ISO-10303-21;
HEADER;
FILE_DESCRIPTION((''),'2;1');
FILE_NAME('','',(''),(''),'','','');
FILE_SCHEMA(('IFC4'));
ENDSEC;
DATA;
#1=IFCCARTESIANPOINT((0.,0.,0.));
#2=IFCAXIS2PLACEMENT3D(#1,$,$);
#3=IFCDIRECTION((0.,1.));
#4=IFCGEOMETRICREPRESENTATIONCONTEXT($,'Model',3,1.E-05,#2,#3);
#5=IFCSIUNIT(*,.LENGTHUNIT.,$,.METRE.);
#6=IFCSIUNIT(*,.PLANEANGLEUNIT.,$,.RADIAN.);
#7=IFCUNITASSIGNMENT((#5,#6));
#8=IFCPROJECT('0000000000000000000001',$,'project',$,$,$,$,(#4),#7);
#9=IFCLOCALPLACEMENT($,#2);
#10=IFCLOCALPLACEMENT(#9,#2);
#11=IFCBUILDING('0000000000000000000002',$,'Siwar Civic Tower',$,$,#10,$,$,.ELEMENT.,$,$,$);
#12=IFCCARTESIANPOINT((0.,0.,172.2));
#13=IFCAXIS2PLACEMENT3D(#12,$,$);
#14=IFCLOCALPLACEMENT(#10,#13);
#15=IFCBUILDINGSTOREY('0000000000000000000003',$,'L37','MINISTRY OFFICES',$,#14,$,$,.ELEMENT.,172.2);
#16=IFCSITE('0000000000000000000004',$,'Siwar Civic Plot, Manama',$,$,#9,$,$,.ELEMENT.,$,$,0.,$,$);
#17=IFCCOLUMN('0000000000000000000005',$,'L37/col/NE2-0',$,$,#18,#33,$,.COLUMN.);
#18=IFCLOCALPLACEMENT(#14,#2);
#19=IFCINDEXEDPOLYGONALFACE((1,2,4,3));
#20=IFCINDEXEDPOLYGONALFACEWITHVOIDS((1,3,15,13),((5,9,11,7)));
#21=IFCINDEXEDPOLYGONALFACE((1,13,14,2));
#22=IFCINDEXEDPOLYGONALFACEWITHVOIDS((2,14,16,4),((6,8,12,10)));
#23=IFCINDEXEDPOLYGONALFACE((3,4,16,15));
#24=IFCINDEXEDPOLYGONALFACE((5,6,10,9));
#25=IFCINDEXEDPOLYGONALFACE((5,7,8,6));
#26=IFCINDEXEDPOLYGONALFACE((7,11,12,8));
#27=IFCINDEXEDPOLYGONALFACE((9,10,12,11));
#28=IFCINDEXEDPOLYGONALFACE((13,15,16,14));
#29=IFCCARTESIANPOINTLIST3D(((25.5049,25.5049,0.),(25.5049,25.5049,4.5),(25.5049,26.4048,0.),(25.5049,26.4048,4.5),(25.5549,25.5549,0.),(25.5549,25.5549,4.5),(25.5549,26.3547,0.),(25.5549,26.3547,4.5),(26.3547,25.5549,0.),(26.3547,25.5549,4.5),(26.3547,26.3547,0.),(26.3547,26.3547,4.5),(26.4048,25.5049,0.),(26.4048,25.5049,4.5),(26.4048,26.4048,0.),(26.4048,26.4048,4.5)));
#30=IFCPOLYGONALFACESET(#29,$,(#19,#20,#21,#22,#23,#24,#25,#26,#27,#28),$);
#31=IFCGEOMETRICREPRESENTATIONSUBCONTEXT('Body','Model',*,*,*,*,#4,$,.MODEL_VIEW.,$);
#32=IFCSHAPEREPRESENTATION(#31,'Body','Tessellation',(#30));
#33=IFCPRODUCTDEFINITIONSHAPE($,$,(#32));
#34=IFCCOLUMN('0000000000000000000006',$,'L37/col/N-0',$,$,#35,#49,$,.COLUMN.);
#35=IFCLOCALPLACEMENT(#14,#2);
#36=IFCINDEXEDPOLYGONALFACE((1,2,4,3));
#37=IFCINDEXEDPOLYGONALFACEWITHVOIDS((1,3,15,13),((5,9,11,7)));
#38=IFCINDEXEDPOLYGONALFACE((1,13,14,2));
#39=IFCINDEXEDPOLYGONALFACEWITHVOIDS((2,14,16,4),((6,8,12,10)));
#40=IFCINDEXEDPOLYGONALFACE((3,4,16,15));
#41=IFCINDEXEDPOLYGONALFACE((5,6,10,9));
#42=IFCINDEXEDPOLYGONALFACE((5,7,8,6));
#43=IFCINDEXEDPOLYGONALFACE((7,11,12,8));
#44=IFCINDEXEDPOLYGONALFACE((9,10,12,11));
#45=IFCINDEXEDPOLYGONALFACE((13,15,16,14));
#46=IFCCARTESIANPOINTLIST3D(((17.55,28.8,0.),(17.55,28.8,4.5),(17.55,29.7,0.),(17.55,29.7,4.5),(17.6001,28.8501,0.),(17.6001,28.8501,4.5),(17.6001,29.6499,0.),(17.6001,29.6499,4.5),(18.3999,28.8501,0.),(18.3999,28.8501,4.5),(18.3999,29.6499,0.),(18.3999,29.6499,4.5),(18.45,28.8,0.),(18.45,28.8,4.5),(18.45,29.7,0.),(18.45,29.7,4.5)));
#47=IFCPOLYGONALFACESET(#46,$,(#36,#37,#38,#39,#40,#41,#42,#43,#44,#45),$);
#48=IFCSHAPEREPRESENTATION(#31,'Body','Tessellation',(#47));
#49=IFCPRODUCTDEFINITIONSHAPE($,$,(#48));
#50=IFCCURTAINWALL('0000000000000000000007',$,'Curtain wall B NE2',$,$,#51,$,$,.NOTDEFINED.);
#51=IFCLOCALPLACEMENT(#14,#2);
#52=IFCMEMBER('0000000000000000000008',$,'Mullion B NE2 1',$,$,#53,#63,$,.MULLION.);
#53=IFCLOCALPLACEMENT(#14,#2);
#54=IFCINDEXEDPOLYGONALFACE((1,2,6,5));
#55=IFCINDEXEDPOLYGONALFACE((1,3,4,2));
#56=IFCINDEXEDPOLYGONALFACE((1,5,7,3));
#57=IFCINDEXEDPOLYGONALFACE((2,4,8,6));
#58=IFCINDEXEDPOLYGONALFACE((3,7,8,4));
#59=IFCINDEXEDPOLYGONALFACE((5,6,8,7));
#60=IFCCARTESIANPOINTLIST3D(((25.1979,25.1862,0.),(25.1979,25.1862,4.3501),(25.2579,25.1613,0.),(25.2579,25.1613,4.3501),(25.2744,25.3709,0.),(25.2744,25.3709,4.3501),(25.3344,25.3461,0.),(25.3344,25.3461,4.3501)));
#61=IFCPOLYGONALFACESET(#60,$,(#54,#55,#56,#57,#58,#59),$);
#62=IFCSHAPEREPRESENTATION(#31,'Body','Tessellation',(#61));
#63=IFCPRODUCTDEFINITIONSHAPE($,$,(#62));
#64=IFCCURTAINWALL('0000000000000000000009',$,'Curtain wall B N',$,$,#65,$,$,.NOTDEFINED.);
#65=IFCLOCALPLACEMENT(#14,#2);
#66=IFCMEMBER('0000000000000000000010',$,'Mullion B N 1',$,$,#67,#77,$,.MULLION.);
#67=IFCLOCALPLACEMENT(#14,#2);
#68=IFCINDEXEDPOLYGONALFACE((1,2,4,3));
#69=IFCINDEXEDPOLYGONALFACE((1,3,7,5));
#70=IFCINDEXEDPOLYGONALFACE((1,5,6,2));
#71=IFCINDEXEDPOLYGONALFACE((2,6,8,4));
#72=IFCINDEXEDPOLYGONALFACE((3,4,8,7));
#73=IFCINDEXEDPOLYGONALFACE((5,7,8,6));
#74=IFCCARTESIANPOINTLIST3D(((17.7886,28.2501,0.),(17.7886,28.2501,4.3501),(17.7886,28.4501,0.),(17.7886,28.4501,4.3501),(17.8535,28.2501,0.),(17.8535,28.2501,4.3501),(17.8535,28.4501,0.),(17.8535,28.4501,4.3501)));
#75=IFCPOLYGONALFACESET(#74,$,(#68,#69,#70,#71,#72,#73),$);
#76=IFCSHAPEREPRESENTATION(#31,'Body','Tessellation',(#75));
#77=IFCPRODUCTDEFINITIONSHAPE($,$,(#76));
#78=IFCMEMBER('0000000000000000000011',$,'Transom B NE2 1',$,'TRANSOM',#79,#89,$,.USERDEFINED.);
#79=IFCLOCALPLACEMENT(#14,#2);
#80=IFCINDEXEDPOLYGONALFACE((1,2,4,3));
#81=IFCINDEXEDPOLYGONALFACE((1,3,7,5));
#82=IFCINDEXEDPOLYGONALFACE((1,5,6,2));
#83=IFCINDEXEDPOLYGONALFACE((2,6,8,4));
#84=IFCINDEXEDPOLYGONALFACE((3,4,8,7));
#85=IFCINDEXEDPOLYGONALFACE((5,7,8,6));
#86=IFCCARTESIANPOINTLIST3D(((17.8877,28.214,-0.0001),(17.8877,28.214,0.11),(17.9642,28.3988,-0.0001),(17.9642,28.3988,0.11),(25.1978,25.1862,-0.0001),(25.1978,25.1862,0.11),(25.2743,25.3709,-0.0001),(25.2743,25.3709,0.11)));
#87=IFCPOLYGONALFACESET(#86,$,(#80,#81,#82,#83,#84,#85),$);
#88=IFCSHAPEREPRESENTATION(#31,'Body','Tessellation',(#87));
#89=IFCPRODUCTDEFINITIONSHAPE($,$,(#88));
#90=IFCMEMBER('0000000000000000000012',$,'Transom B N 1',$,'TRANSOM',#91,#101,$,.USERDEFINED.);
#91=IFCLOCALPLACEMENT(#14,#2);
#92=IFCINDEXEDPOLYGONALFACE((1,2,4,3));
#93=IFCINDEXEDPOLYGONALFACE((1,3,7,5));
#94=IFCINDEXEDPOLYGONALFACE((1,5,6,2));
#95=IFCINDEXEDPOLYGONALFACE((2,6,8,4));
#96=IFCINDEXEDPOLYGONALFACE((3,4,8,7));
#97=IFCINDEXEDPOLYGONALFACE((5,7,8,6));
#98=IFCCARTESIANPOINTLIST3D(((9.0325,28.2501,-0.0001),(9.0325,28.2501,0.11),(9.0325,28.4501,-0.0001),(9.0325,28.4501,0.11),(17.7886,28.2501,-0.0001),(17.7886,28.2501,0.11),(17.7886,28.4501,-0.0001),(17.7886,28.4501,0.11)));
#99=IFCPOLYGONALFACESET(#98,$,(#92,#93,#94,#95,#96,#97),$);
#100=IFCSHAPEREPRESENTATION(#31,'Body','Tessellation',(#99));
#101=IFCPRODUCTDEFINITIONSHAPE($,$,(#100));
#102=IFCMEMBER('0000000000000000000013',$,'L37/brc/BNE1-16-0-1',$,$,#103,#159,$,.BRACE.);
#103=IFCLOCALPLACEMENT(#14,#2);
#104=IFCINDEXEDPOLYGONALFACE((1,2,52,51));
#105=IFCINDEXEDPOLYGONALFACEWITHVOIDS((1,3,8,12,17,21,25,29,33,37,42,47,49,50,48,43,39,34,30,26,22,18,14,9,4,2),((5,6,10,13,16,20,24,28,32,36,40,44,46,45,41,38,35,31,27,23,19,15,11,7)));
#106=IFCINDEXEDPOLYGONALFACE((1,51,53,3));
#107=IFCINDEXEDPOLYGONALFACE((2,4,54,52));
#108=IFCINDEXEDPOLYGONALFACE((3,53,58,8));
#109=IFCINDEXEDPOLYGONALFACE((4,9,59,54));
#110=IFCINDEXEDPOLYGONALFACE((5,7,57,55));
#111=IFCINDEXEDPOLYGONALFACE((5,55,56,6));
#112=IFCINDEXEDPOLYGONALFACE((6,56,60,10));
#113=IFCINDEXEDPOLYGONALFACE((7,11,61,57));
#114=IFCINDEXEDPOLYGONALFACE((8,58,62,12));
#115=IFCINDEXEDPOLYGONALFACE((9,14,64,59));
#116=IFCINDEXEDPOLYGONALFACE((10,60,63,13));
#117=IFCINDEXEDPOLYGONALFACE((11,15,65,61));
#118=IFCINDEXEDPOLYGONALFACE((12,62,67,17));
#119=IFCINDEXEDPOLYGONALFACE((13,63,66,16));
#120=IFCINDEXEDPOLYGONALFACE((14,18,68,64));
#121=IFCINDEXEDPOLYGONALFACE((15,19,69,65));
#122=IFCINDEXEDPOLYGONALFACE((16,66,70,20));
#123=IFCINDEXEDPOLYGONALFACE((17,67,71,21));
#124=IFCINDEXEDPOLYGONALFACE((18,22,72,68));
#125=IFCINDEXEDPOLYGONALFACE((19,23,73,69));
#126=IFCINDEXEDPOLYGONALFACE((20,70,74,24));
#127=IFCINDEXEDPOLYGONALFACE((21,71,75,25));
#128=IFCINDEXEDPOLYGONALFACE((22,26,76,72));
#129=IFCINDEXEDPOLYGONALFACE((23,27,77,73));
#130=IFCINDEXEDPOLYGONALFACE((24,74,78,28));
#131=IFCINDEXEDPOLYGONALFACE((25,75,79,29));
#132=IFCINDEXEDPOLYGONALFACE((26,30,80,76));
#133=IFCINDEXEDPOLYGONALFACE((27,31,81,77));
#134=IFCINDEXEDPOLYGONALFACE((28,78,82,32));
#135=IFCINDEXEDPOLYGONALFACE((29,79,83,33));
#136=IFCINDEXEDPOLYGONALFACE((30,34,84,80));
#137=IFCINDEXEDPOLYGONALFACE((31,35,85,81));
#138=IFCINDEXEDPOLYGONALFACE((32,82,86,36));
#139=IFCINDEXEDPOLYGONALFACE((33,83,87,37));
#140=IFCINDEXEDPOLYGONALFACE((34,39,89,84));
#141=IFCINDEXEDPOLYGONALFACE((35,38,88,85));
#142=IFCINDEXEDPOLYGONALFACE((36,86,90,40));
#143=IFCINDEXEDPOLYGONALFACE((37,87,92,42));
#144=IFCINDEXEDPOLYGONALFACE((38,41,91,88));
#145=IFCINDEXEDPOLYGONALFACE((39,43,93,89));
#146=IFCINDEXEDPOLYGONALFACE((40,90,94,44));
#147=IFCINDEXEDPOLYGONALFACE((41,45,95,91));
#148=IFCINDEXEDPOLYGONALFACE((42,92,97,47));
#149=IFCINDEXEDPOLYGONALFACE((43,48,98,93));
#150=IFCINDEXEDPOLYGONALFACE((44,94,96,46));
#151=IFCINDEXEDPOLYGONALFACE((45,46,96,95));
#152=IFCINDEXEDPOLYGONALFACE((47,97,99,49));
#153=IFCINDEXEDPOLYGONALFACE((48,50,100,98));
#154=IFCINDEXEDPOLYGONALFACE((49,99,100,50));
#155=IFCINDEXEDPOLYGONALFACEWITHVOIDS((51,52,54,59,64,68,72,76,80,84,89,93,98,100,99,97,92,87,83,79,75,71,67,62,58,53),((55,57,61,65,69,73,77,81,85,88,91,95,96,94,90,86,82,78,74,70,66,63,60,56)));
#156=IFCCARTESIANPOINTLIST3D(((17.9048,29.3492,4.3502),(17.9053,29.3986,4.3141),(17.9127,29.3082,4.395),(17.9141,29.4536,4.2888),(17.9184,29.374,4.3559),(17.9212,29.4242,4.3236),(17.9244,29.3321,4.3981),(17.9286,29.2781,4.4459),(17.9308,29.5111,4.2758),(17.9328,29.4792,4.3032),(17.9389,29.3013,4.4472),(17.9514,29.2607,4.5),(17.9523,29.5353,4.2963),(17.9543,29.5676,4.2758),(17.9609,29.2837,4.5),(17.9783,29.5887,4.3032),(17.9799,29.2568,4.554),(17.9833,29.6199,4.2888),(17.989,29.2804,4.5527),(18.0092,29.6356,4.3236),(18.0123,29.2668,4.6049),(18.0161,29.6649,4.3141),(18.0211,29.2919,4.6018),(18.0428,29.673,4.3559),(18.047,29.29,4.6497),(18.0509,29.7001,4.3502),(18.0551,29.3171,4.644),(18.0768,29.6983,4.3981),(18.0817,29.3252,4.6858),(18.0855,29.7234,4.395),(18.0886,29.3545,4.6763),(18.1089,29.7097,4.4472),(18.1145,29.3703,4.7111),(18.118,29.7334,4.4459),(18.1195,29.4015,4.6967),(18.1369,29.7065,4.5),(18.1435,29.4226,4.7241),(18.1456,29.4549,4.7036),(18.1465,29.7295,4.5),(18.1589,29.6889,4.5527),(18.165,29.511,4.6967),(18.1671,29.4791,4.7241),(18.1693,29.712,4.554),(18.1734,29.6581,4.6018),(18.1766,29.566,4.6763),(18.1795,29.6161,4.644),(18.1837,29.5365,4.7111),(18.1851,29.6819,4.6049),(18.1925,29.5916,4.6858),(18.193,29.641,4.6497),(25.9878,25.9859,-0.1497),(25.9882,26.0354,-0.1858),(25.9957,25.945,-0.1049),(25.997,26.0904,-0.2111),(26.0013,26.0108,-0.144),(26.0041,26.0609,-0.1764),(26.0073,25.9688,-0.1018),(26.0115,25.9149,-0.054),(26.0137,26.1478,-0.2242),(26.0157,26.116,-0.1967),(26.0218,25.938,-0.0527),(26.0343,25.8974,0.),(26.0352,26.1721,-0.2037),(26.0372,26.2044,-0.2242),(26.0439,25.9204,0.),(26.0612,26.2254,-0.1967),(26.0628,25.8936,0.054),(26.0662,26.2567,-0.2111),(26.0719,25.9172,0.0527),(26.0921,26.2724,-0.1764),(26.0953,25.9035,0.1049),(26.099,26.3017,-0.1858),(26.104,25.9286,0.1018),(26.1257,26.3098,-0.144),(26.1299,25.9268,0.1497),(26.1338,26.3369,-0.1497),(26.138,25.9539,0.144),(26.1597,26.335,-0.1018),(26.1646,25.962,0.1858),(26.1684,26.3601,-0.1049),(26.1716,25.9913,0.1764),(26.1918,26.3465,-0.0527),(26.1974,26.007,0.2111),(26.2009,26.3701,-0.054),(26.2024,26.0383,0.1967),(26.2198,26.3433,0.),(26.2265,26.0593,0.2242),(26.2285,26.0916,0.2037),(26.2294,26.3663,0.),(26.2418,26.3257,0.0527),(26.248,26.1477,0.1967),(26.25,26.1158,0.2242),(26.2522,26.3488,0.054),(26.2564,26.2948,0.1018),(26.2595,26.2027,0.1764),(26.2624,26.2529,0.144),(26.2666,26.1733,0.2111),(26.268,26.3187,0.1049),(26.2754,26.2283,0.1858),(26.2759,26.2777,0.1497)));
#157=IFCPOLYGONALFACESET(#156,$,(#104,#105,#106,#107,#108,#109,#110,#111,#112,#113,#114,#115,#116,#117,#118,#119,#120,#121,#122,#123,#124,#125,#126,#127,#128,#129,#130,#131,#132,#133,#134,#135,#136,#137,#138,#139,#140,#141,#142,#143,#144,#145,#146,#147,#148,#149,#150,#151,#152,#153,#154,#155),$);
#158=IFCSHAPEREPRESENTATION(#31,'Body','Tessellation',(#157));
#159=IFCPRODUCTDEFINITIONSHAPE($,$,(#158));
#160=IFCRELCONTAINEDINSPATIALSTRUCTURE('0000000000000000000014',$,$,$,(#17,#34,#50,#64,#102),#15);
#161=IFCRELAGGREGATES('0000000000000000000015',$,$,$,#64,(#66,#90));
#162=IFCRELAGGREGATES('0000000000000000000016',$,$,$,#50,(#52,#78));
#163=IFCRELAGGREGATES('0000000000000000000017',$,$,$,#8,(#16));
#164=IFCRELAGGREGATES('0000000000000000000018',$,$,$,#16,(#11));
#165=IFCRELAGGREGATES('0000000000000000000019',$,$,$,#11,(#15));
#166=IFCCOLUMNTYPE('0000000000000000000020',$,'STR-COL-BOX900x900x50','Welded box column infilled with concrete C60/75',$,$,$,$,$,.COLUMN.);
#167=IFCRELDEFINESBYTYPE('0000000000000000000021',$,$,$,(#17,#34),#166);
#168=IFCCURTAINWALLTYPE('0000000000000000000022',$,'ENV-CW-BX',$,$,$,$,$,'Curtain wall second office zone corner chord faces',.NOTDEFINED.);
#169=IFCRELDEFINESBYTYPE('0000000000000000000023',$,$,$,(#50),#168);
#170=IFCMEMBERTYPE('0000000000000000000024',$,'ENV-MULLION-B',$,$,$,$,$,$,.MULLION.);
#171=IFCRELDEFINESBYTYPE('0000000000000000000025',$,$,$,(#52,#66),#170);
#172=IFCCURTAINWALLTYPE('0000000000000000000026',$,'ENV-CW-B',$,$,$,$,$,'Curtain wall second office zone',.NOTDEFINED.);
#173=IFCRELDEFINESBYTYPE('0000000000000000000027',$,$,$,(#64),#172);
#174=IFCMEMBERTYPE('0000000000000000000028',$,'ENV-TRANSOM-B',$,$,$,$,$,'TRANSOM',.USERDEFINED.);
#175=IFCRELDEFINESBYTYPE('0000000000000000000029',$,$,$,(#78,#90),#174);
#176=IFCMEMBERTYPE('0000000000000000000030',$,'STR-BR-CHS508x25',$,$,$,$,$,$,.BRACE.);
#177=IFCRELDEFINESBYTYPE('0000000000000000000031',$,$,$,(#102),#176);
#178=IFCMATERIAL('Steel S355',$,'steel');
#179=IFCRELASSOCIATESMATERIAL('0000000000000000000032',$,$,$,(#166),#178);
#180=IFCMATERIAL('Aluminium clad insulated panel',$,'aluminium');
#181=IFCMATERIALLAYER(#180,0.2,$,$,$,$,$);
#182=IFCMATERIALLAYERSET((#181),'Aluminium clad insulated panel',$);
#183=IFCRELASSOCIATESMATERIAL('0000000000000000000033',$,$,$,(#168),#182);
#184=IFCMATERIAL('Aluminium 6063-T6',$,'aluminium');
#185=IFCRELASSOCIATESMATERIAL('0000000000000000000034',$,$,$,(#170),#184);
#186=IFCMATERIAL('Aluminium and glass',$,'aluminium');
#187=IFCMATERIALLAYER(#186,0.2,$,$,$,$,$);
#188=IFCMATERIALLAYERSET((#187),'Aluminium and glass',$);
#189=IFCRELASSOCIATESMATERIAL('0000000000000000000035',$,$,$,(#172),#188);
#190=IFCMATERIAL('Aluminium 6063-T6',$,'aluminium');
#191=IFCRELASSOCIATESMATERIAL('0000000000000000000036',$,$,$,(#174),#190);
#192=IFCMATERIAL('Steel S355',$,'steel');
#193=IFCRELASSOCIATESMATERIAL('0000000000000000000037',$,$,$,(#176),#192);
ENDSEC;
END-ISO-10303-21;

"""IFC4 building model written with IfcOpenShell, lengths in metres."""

from ifc_helpers import new_model, si_unit, direction, frame, origin, origin_2d, place, context, subcontext, project, spatial, rectangle, hollow_rectangle, hollow_circle, extrude, material, layer, layer_set, material_profile, profile_set, type_object, element, aggregate, save


model = new_model("IFC4")

# Units and contexts
model_context = context("Model", 3, precision=1e-05, world=origin(), true_north=direction((0.0, 1.0)))
body_context = subcontext(model_context, "Body", "Model", "MODEL_VIEW")
ifc_project = project(units=[si_unit("LENGTHUNIT", "METRE"), si_unit("PLANEANGLEUNIT", "RADIAN")], contexts=[model_context])

# Site, building, storey
site_placement = place(None, origin())
site = spatial("IfcSite", under=ifc_project, at=site_placement, Name="Siwar Civic Plot, Manama", CompositionType="ELEMENT", RefElevation=0.0)
building_placement = place(site_placement, origin())
building = spatial("IfcBuilding", under=site, at=building_placement, Name="Siwar Civic Tower", CompositionType="ELEMENT")
storey_placement = place(building_placement, frame((0.0, 0.0, 172.2)))
storey = spatial("IfcBuildingStorey", under=building, at=storey_placement, Name="L37", Description="MINISTRY OFFICES", CompositionType="ELEMENT", Elevation=172.2)

# Columns
ifc_material_1 = material(Name="Steel S355", Category="steel")
ifc_material_profile_1 = material_profile(ifc_material_1, hollow_rectangle(XDim=0.8999, YDim=0.8999, WallThickness=0.05, at=origin_2d()), Name="BOX900x900x50")
ifc_profile_set_1 = profile_set([ifc_material_profile_1], Name="Steel S355")
column_type = type_object("IfcColumnType", Name="STR-COL-BOX900x900x50", Description="Welded box column infilled with concrete C60/75", PredefinedType="COLUMN", material=ifc_profile_set_1)
for number, where, z_axis, x_axis, name in (
    (1, (25.9548, 25.9548, 0.0), (0.0, 0.0, 1.0), (1.0, 0.0, 0.0), "L37/col/NE2-0"),
    (2, (18.0, 29.25, 0.0), (0.0, 0.0, 1.0), (1.0, 0.0, 0.0), "L37/col/N-0"),
):
    element("IfcColumn", number, at=place(storey_placement, frame(where, z_axis=z_axis, x_axis=x_axis)), inside=storey, type_object=column_type, Name=name, PredefinedType="COLUMN", context=body_context, shape_type="SweptSolid", body=[
        extrude(hollow_rectangle(XDim=0.8999, YDim=0.8999, WallThickness=0.05, at=origin_2d()), origin(), (0.0, 0.0, 1.0), 4.5),
    ])

# Curtain walls, members
ifc_material_2 = material(Name="Aluminium clad insulated panel", Category="aluminium")
ifc_layer_1 = layer(ifc_material_2, 0.2)
ifc_layer_set_1 = layer_set([ifc_layer_1], Name="Aluminium clad insulated panel")
curtain_wall_type_1 = type_object("IfcCurtainWallType", Name="ENV-CW-BX", ElementType="Curtain wall second office zone corner chord faces", PredefinedType="NOTDEFINED", material=ifc_layer_set_1)
curtain_wall_1_placement = place(storey_placement, origin())
curtain_wall_1 = element("IfcCurtainWall", 3, at=curtain_wall_1_placement, inside=storey, type_object=curtain_wall_type_1, Name="Curtain wall B NE2", PredefinedType="NOTDEFINED")
ifc_material_3 = material(Name="Aluminium 6063-T6", Category="aluminium")
ifc_material_profile_2 = material_profile(ifc_material_3, rectangle(XDim=0.2, YDim=0.0649, at=origin_2d()), Name="AL 200x65")
ifc_profile_set_2 = profile_set([ifc_material_profile_2], Name="Aluminium 6063-T6")
member_type_1 = type_object("IfcMemberType", Name="ENV-MULLION-B", PredefinedType="MULLION", material=ifc_profile_set_2)
member_1_placement = place(storey_placement, frame((25.2661, 25.2661, 0.0), z_axis=(0.0, 0.0, 1.0), x_axis=(-0.382683, -0.92388, 0.0)))
member_1 = element("IfcMember", 4, at=member_1_placement, type_object=member_type_1, Name="Mullion B NE2 1", PredefinedType="MULLION", context=body_context, shape_type="SweptSolid", body=[
    extrude(rectangle(XDim=0.2, YDim=0.0649, at=origin_2d()), origin(), (0.0, 0.0, 1.0), 4.3501),
])
ifc_material_4 = material(Name="Aluminium and glass", Category="aluminium")
ifc_layer_2 = layer(ifc_material_4, 0.2)
ifc_layer_set_2 = layer_set([ifc_layer_2], Name="Aluminium and glass")
curtain_wall_type_2 = type_object("IfcCurtainWallType", Name="ENV-CW-B", ElementType="Curtain wall second office zone", PredefinedType="NOTDEFINED", material=ifc_layer_set_2)
curtain_wall_2_placement = place(storey_placement, origin())
curtain_wall_2 = element("IfcCurtainWall", 5, at=curtain_wall_2_placement, inside=storey, type_object=curtain_wall_type_2, Name="Curtain wall B N", PredefinedType="NOTDEFINED")
member_2_placement = place(storey_placement, frame((17.821, 28.3501, 0.0), z_axis=(0.0, 0.0, 1.0), x_axis=(0.0, -1.0, 0.0)))
member_2 = element("IfcMember", 6, at=member_2_placement, type_object=member_type_1, Name="Mullion B N 1", PredefinedType="MULLION", context=body_context, shape_type="SweptSolid", body=[
    extrude(rectangle(XDim=0.2, YDim=0.0649, at=origin_2d()), origin(), (0.0, 0.0, 1.0), 4.3501),
])

# Members
ifc_material_5 = material(Name="Aluminium 6063-T6", Category="aluminium")
ifc_material_profile_3 = material_profile(ifc_material_5, rectangle(XDim=0.2, YDim=0.1101, at=origin_2d()), Name="AL 200x110")
ifc_profile_set_3 = profile_set([ifc_material_profile_3], Name="Aluminium 6063-T6")
member_type_2 = type_object("IfcMemberType", Name="ENV-TRANSOM-B", ElementType="TRANSOM", PredefinedType="USERDEFINED", material=ifc_profile_set_3)
member_3_placement = place(storey_placement, frame((25.2361, 25.2786, 0.0549), z_axis=(-0.923884, 0.382673, 0.0), x_axis=(-0.382673, -0.923884, 0.0)))
member_3 = element("IfcMember", 7, at=member_3_placement, type_object=member_type_2, Name="Transom B NE2 1", ObjectType="TRANSOM", PredefinedType="USERDEFINED", context=body_context, shape_type="SweptSolid", body=[
    extrude(rectangle(XDim=0.2, YDim=0.1101, at=origin_2d()), origin(), (0.0, 0.0, 1.0), 7.9124),
])
member_4_placement = place(storey_placement, frame((17.7886, 28.3501, 0.0549), z_axis=(-1.0, 0.0, 0.0), x_axis=(0.0, -1.0, 0.0)))
member_4 = element("IfcMember", 8, at=member_4_placement, type_object=member_type_2, Name="Transom B N 1", ObjectType="TRANSOM", PredefinedType="USERDEFINED", context=body_context, shape_type="SweptSolid", body=[
    extrude(rectangle(XDim=0.2, YDim=0.1101, at=origin_2d()), origin(), (0.0, 0.0, 1.0), 8.7561),
])
aggregate(curtain_wall_2, [member_2, member_4])

# Member
ifc_material_6 = material(Name="Steel S355", Category="steel")
ifc_material_profile_4 = material_profile(ifc_material_6, hollow_circle(Radius=0.2539, WallThickness=0.0249, at=origin_2d()), Name="CHS508x25")
ifc_profile_set_4 = profile_set([ifc_material_profile_4], Name="Steel S355")
member_type_3 = type_object("IfcMemberType", Name="STR-BR-CHS508x25", PredefinedType="BRACE", material=ifc_profile_set_4)
member_5_placement = place(storey_placement, frame((26.1318, 26.1318, 0.0), z_axis=(-0.821143, 0.341671, 0.457149), x_axis=(-0.384164, -0.923265, 0.0)))
element("IfcMember", 9, at=member_5_placement, inside=storey, type_object=member_type_3, Name="L37/brc/BNE1-16-0-1", PredefinedType="BRACE", context=body_context, shape_type="SweptSolid", body=[
    extrude(hollow_circle(Radius=0.2539, WallThickness=0.0249, at=origin_2d()), origin(), (0.0, 0.0, 1.0), 9.8435),
])

aggregate(curtain_wall_1, [member_1, member_3])

save(model, "model.ifc")
